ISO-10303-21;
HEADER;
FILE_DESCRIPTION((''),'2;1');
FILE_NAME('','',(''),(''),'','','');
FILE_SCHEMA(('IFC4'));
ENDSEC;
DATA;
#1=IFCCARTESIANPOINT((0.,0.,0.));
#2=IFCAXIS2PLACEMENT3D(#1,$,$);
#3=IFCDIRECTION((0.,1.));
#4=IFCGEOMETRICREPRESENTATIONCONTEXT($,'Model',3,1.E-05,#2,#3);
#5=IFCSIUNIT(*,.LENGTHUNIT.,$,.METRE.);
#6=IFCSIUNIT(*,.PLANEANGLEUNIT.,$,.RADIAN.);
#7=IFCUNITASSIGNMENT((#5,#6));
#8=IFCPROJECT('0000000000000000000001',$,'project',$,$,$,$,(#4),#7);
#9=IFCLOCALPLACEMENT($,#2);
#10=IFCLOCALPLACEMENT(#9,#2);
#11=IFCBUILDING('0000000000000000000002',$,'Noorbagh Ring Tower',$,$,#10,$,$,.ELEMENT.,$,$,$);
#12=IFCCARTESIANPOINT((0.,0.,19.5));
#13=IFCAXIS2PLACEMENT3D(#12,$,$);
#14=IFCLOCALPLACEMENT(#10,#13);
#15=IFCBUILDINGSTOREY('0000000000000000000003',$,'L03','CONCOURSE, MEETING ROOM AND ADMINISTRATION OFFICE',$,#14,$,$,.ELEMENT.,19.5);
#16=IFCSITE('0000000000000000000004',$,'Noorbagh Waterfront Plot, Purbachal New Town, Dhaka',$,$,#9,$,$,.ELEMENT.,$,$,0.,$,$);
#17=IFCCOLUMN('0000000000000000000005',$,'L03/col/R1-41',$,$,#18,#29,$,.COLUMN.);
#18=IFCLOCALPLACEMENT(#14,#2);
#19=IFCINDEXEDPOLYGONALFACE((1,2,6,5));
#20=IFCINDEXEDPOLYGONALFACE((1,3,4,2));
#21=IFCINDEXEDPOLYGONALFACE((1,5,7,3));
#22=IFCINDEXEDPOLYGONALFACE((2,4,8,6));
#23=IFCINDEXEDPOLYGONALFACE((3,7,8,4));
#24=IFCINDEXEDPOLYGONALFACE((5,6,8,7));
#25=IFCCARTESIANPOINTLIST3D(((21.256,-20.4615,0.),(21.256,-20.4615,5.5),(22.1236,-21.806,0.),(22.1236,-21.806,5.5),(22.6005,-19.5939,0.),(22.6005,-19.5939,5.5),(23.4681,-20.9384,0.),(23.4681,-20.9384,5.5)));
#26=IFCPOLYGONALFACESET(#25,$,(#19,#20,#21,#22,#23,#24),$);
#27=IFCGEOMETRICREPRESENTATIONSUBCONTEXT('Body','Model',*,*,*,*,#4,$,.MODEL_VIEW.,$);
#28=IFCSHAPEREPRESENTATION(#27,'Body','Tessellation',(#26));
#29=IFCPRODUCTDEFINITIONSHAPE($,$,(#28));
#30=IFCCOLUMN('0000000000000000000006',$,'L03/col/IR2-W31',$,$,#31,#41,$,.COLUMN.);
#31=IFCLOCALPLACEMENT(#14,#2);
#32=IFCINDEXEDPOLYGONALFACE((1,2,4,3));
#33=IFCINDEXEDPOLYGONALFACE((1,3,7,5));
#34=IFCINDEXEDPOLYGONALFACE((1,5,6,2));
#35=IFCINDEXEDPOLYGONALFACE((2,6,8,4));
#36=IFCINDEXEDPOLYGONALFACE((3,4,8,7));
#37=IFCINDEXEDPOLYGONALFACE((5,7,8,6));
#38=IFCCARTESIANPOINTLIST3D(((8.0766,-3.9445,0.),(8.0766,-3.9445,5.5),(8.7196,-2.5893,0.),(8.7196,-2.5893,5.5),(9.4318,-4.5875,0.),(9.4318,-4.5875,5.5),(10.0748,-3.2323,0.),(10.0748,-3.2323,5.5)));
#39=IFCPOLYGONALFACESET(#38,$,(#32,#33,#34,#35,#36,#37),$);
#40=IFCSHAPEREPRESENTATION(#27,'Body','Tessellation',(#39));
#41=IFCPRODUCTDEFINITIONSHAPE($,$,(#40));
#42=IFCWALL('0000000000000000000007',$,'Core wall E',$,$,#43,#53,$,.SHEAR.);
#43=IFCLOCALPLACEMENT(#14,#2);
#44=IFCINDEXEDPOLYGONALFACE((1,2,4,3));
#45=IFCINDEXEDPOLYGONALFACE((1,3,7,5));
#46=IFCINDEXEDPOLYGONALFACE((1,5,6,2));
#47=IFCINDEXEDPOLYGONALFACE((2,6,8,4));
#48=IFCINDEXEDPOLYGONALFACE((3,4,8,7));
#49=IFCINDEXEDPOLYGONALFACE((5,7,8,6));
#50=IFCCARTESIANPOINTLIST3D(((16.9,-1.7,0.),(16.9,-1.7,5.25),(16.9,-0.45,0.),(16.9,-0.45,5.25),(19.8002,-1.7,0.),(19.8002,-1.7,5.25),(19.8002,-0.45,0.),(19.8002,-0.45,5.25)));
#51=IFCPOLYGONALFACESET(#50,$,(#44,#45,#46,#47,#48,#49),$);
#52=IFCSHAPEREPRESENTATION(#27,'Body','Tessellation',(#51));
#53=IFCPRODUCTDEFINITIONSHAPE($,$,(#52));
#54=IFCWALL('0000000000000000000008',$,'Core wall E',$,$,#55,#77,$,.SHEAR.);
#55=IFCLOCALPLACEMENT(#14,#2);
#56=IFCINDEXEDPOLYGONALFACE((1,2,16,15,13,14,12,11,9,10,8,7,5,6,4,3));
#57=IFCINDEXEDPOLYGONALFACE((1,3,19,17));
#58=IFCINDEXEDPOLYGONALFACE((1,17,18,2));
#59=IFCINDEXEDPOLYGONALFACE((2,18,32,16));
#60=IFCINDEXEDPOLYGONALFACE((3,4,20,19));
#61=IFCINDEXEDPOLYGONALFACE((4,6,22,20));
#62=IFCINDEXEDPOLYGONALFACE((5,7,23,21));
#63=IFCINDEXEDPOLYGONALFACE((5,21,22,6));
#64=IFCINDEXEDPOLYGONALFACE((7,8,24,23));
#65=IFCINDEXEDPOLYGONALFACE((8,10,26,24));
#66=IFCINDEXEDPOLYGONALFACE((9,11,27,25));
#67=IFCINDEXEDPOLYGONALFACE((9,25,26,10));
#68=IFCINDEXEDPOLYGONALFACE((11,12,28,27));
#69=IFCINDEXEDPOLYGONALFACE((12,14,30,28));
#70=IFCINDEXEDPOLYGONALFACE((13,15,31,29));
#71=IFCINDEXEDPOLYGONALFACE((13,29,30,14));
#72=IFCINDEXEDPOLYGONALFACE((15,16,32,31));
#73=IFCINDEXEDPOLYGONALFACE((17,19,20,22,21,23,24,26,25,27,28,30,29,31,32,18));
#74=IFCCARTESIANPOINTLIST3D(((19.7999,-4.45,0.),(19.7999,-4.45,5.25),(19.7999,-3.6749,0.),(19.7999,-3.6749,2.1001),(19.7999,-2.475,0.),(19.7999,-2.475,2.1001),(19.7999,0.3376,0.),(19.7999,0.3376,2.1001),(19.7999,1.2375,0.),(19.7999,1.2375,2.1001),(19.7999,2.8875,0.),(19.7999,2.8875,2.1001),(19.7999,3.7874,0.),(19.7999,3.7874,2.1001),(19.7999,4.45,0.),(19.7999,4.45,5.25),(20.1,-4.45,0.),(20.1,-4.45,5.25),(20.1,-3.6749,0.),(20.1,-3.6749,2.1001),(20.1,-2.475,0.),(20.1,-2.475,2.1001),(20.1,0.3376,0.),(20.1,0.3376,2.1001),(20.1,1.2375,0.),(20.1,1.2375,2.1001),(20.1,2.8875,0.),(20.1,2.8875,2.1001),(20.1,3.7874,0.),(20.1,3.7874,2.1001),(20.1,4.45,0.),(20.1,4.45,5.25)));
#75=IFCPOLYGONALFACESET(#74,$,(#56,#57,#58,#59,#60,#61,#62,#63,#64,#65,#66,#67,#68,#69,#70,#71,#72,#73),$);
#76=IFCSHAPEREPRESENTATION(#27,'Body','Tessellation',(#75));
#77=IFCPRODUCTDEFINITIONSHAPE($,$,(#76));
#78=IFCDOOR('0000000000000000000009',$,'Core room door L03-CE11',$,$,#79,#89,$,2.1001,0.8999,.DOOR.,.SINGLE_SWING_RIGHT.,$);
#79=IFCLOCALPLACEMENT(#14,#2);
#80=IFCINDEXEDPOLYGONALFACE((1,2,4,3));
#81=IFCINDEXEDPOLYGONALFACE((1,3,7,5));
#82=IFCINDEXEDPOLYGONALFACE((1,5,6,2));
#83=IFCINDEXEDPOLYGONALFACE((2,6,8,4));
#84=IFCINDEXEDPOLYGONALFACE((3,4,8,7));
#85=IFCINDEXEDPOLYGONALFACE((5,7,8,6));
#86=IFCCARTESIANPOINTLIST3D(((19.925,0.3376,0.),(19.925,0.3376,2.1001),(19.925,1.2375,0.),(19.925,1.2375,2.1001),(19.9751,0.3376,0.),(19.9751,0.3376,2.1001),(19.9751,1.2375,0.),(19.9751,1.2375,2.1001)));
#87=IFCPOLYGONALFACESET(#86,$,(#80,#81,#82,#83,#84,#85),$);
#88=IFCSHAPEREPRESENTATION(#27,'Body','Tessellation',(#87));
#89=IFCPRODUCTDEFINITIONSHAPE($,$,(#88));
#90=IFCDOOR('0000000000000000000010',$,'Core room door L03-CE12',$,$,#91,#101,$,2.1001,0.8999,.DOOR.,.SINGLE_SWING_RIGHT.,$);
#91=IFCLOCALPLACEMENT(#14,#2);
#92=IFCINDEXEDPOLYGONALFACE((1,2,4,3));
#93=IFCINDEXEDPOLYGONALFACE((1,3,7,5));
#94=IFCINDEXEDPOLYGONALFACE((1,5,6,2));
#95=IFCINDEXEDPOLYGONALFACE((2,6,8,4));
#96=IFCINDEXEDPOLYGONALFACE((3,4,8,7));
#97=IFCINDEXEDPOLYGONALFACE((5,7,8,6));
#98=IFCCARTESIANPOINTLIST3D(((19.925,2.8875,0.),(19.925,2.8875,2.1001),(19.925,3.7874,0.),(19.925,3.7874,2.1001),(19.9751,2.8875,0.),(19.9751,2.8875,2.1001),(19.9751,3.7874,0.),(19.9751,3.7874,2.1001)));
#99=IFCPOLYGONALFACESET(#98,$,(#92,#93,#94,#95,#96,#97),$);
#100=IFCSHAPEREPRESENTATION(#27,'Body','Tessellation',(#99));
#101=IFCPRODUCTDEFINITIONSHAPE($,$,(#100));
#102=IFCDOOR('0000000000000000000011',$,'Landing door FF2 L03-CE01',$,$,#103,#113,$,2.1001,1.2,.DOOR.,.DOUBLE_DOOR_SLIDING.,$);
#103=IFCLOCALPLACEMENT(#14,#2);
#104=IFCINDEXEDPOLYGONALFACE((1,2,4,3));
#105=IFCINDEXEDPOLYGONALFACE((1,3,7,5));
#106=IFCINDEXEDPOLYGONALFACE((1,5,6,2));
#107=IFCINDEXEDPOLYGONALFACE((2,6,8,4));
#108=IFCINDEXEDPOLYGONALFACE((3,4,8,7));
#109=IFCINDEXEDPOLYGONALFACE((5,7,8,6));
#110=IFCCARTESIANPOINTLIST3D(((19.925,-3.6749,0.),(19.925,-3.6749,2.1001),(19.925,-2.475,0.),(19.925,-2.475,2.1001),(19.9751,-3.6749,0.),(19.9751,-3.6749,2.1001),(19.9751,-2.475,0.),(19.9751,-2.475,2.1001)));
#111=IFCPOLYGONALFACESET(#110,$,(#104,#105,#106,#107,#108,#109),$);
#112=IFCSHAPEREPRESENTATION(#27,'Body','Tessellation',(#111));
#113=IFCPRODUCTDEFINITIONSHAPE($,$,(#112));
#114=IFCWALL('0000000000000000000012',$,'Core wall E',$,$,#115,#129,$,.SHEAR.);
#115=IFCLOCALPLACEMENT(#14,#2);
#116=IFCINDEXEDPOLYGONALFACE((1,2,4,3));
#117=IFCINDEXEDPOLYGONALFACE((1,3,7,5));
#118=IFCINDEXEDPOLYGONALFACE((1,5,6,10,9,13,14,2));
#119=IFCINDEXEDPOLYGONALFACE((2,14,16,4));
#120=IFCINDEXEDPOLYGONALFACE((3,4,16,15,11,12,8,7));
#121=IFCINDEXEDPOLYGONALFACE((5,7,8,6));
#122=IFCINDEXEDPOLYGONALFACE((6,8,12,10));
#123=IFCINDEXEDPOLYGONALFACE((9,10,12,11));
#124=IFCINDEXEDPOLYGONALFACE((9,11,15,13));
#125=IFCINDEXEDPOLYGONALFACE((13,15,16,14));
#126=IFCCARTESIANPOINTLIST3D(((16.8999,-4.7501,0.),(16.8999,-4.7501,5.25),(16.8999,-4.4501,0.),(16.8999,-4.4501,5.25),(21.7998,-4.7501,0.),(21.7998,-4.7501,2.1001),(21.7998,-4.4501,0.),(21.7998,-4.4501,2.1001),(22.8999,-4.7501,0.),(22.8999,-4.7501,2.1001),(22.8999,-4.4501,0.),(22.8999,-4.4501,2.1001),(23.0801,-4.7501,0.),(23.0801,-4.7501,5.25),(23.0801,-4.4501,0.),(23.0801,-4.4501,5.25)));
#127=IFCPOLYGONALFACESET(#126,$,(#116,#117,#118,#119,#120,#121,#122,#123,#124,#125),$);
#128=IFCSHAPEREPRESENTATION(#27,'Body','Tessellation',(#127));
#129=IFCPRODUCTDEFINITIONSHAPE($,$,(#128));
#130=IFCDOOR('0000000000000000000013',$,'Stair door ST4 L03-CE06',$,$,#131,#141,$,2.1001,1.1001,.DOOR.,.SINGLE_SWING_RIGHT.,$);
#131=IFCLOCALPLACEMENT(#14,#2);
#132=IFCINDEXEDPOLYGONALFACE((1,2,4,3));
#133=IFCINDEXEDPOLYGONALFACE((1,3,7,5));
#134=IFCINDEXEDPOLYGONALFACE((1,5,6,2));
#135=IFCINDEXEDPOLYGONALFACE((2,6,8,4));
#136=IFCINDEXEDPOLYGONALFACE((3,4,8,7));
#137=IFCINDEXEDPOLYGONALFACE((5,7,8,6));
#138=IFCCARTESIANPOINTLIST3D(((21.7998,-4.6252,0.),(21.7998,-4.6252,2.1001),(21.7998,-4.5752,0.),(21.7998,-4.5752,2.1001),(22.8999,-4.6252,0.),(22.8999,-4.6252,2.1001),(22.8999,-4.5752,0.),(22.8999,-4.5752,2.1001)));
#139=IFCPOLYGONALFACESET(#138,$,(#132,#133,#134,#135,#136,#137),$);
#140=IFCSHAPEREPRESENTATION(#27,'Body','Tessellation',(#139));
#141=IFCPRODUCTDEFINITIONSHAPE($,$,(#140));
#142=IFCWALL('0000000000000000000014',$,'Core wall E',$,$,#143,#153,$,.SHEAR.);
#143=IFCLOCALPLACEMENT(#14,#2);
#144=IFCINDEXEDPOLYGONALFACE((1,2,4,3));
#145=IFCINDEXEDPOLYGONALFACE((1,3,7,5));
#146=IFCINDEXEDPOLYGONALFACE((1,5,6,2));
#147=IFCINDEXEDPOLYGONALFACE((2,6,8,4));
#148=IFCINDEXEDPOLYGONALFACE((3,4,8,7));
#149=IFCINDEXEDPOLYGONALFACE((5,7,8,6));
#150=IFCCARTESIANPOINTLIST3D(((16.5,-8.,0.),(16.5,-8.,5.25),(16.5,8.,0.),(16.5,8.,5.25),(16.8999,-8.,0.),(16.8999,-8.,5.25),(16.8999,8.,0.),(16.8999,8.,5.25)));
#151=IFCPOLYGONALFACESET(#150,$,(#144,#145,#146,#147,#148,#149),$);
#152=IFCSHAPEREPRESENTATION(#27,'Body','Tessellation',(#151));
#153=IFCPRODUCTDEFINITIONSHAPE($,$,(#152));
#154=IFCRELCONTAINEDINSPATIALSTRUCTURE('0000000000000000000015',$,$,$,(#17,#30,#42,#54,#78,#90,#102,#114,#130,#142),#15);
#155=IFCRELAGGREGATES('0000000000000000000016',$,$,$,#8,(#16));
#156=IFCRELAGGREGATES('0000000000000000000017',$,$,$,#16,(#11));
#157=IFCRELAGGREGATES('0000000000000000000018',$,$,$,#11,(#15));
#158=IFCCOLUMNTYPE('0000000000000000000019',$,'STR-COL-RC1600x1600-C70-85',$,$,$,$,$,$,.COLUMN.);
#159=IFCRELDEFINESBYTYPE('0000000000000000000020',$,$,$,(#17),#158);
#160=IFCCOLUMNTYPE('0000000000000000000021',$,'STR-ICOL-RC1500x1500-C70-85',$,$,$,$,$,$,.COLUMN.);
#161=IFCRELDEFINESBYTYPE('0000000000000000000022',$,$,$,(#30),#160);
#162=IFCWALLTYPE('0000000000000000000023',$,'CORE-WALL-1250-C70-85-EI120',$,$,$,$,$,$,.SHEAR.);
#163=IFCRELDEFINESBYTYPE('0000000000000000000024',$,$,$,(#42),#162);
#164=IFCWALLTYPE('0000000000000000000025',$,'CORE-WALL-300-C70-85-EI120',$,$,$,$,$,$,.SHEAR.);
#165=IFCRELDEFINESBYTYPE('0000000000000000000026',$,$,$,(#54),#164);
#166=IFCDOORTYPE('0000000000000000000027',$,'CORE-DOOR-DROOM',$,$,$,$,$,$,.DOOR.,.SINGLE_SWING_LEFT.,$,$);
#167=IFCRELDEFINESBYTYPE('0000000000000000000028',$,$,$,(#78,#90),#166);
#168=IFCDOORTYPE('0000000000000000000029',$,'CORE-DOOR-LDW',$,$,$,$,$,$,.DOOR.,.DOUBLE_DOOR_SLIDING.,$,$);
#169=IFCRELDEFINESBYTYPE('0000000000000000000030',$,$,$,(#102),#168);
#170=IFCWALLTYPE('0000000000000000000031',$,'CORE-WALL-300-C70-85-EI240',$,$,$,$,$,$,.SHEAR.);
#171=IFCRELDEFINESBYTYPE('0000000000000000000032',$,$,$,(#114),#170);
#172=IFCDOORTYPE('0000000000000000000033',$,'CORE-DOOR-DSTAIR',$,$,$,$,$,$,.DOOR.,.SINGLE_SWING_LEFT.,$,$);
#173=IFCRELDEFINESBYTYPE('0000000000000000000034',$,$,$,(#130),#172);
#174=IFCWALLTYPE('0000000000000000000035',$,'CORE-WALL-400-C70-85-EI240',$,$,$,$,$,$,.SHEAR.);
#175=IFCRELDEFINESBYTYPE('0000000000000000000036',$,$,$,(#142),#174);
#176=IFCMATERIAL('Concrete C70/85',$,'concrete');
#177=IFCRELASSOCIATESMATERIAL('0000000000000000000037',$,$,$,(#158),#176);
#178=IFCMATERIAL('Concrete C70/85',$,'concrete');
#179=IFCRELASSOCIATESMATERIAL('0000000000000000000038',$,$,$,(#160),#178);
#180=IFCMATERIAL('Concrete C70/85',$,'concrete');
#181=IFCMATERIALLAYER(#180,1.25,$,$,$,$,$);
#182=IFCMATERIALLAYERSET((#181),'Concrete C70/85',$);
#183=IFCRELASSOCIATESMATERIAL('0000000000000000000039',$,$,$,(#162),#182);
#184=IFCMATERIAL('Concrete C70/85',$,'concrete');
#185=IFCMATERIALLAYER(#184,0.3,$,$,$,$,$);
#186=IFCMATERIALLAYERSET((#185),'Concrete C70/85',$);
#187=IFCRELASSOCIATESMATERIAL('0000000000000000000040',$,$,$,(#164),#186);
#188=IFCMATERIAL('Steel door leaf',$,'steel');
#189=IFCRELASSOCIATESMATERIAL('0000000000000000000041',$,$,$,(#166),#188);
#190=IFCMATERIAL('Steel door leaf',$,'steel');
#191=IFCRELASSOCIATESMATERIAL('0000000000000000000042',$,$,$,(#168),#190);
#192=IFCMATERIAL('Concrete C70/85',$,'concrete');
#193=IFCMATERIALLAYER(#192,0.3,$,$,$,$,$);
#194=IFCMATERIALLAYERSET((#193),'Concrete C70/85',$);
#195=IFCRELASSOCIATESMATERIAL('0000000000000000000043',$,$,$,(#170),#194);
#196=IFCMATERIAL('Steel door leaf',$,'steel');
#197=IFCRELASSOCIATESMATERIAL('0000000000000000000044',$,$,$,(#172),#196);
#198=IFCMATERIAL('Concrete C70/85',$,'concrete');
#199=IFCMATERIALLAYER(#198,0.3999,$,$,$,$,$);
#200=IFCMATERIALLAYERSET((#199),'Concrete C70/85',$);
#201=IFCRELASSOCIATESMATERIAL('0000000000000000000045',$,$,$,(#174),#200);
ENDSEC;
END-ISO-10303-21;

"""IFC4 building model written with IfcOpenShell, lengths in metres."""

from ifc_helpers import new_model, si_unit, direction, frame, frame_2d, origin, origin_2d, place, context, subcontext, project, spatial, rectangle, extrude, material, layer, layer_set, material_profile, profile_set, type_object, element, fill, save


model = new_model("IFC4")

# Units and contexts
model_context = context("Model", 3, precision=1e-05, world=origin(), true_north=direction((0.0, 1.0)))
body_context = subcontext(model_context, "Body", "Model", "MODEL_VIEW")
ifc_project = project(units=[si_unit("LENGTHUNIT", "METRE"), si_unit("PLANEANGLEUNIT", "RADIAN")], contexts=[model_context])

# Site, building, storey
site_placement = place(None, origin())
site = spatial("IfcSite", under=ifc_project, at=site_placement, Name="Noorbagh Waterfront Plot, Purbachal New Town, Dhaka", CompositionType="ELEMENT", RefElevation=0.0)
building_placement = place(site_placement, origin())
building = spatial("IfcBuilding", under=site, at=building_placement, Name="Noorbagh Ring Tower", CompositionType="ELEMENT")
storey_placement = place(building_placement, frame((0.0, 0.0, 19.5)))
storey = spatial("IfcBuildingStorey", under=building, at=storey_placement, Name="L03", Description="CONCOURSE, MEETING ROOM AND ADMINISTRATION OFFICE", CompositionType="ELEMENT", Elevation=19.5)

# Columns
ifc_material_1 = material(Name="Concrete C70/85", Category="concrete")
ifc_material_profile_1 = material_profile(ifc_material_1, rectangle(XDim=1.6001, YDim=1.6001, at=origin_2d()), Name="RC1600x1600")
ifc_profile_set_1 = profile_set([ifc_material_profile_1], Name="Concrete C70/85")
column_type_1 = type_object("IfcColumnType", Name="STR-COL-RC1600x1600-C70-85", PredefinedType="COLUMN", material=ifc_profile_set_1)
column_1_placement = place(storey_placement, frame((22.3621, -20.7, 0.0), z_axis=(0.0, 0.0, 1.0), x_axis=(0.840248, 0.542203, 0.0)))
element("IfcColumn", 1, at=column_1_placement, inside=storey, type_object=column_type_1, Name="L03/col/R1-41", PredefinedType="COLUMN", context=body_context, shape_type="SweptSolid", body=[
    extrude(rectangle(XDim=1.6001, YDim=1.6001, at=origin_2d()), origin(), (0.0, 0.0, 1.0), 5.5),
])
ifc_material_2 = material(Name="Concrete C70/85", Category="concrete")
ifc_material_profile_2 = material_profile(ifc_material_2, rectangle(XDim=1.5, YDim=1.5, at=origin_2d()), Name="RC1500x1500")
ifc_profile_set_2 = profile_set([ifc_material_profile_2], Name="Concrete C70/85")
column_type_2 = type_object("IfcColumnType", Name="STR-ICOL-RC1500x1500-C70-85", PredefinedType="COLUMN", material=ifc_profile_set_2)
column_2_placement = place(storey_placement, frame((9.0757, -3.5884, 0.0), z_axis=(0.0, 0.0, 1.0), x_axis=(0.428667, 0.903463, 0.0)))
element("IfcColumn", 2, at=column_2_placement, inside=storey, type_object=column_type_2, Name="L03/col/IR2-W31", PredefinedType="COLUMN", context=body_context, shape_type="SweptSolid", body=[
    extrude(rectangle(XDim=1.5, YDim=1.5, at=origin_2d()), origin(), (0.0, 0.0, 1.0), 5.5),
])

# Wall
ifc_material_3 = material(Name="Concrete C70/85", Category="concrete")
ifc_layer_1 = layer(ifc_material_3, 1.25)
ifc_layer_set_1 = layer_set([ifc_layer_1], Name="Concrete C70/85")
wall_type_1 = type_object("IfcWallType", Name="CORE-WALL-1250-C70-85-EI120", PredefinedType="SHEAR", material=ifc_layer_set_1)
wall_1_placement = place(storey_placement, frame((16.8999, -1.075, 0.0), z_axis=(0.0, 0.0, 1.0), x_axis=(1.0, 0.0, 0.0)))
element("IfcWall", 3, at=wall_1_placement, inside=storey, type_object=wall_type_1, Name="Core wall E", PredefinedType="SHEAR", context=body_context, shape_type="SweptSolid", body=[
    extrude(rectangle(XDim=2.9001, YDim=1.25, at=frame_2d((1.4502, 0.0))), origin(), (0.0, 0.0, 1.0), 5.25),
])

# Wall, openings, doors
ifc_material_4 = material(Name="Concrete C70/85", Category="concrete")
ifc_layer_2 = layer(ifc_material_4, 0.3)
ifc_layer_set_2 = layer_set([ifc_layer_2], Name="Concrete C70/85")
wall_type_2 = type_object("IfcWallType", Name="CORE-WALL-300-C70-85-EI120", PredefinedType="SHEAR", material=ifc_layer_set_2)
wall_2_placement = place(storey_placement, frame((19.95, -4.45, 0.0), z_axis=(0.0, 0.0, 1.0), x_axis=(0.0, 1.0, 0.0)))
wall_2 = element("IfcWall", 4, at=wall_2_placement, inside=storey, type_object=wall_type_2, Name="Core wall E", PredefinedType="SHEAR", context=body_context, shape_type="SweptSolid", body=[
    extrude(rectangle(XDim=8.8999, YDim=0.3, at=frame_2d((4.45, 0.0))), origin(), (0.0, 0.0, 1.0), 5.25),
])
opening_1_placement = place(wall_2_placement, frame((0.7749, 0.0, 0.0)))
opening_1 = element("IfcOpeningElement", 5, at=opening_1_placement, cuts=wall_2, PredefinedType="OPENING", context=body_context, shape_type="SweptSolid", body=[
    extrude(rectangle(XDim=1.2, YDim=2.1001, at=frame_2d((0.6001, 1.05))), frame((0.0, 0.1602, 0.0), z_axis=(0.0, -1.0, 0.0), x_axis=(1.0, 0.0, 0.0)), (0.0, 0.0, 1.0), 0.3201),
])
opening_2_placement = place(wall_2_placement, frame((4.7876, 0.0, 0.0)))
opening_2 = element("IfcOpeningElement", 6, at=opening_2_placement, cuts=wall_2, PredefinedType="OPENING", context=body_context, shape_type="SweptSolid", body=[
    extrude(rectangle(XDim=0.8999, YDim=2.1001, at=frame_2d((0.45, 1.05))), frame((0.0, 0.1602, 0.0), z_axis=(0.0, -1.0, 0.0), x_axis=(1.0, 0.0, 0.0)), (0.0, 0.0, 1.0), 0.3201),
])
opening_3_placement = place(wall_2_placement, frame((7.3374, 0.0, 0.0)))
opening_3 = element("IfcOpeningElement", 7, at=opening_3_placement, cuts=wall_2, PredefinedType="OPENING", context=body_context, shape_type="SweptSolid", body=[
    extrude(rectangle(XDim=0.8999, YDim=2.1001, at=frame_2d((0.45, 1.05))), frame((0.0, 0.1602, 0.0), z_axis=(0.0, -1.0, 0.0), x_axis=(1.0, 0.0, 0.0)), (0.0, 0.0, 1.0), 0.3201),
])
ifc_material_5 = material(Name="Steel door leaf", Category="steel")
door_type_1 = type_object("IfcDoorType", Name="CORE-DOOR-DROOM", OperationType="SINGLE_SWING_LEFT", PredefinedType="DOOR", material=ifc_material_5)
door_1_placement = place(opening_2_placement, origin())
door_1 = element("IfcDoor", 8, at=door_1_placement, inside=storey, type_object=door_type_1, Name="Core room door L03-CE11", OperationType="SINGLE_SWING_RIGHT", OverallHeight=2.1001, OverallWidth=0.8999, PredefinedType="DOOR", context=body_context, shape_type="SweptSolid", body=[
    extrude(rectangle(XDim=0.8999, YDim=2.1001, at=frame_2d((0.45, 1.05))), frame((0.0, 0.0249, 0.0), z_axis=(0.0, -1.0, 0.0), x_axis=(1.0, 0.0, 0.0)), (0.0, 0.0, 1.0), 0.05),
])
fill(opening_2, door_1)
door_2_placement = place(opening_3_placement, origin())
door_2 = element("IfcDoor", 9, at=door_2_placement, inside=storey, type_object=door_type_1, Name="Core room door L03-CE12", OperationType="SINGLE_SWING_RIGHT", OverallHeight=2.1001, OverallWidth=0.8999, PredefinedType="DOOR", context=body_context, shape_type="SweptSolid", body=[
    extrude(rectangle(XDim=0.8999, YDim=2.1001, at=frame_2d((0.45, 1.05))), frame((0.0, 0.0249, 0.0), z_axis=(0.0, -1.0, 0.0), x_axis=(1.0, 0.0, 0.0)), (0.0, 0.0, 1.0), 0.05),
])
fill(opening_3, door_2)
ifc_material_6 = material(Name="Steel door leaf", Category="steel")
door_type_2 = type_object("IfcDoorType", Name="CORE-DOOR-LDW", OperationType="DOUBLE_DOOR_SLIDING", PredefinedType="DOOR", material=ifc_material_6)
door_3_placement = place(opening_1_placement, origin())
door_3 = element("IfcDoor", 10, at=door_3_placement, inside=storey, type_object=door_type_2, Name="Landing door FF2 L03-CE01", OperationType="DOUBLE_DOOR_SLIDING", OverallHeight=2.1001, OverallWidth=1.2, PredefinedType="DOOR", context=body_context, shape_type="SweptSolid", body=[
    extrude(rectangle(XDim=1.2, YDim=2.1001, at=frame_2d((0.6001, 1.05))), frame((0.0, 0.0249, 0.0), z_axis=(0.0, -1.0, 0.0), x_axis=(1.0, 0.0, 0.0)), (0.0, 0.0, 1.0), 0.05),
])
fill(opening_1, door_3)

# Wall, opening, door
ifc_material_7 = material(Name="Concrete C70/85", Category="concrete")
ifc_layer_3 = layer(ifc_material_7, 0.3)
ifc_layer_set_3 = layer_set([ifc_layer_3], Name="Concrete C70/85")
wall_type_3 = type_object("IfcWallType", Name="CORE-WALL-300-C70-85-EI240", PredefinedType="SHEAR", material=ifc_layer_set_3)
wall_3_placement = place(storey_placement, frame((16.8999, -4.6001, 0.0), z_axis=(0.0, 0.0, 1.0), x_axis=(1.0, 0.0, 0.0)))
wall_3 = element("IfcWall", 11, at=wall_3_placement, inside=storey, type_object=wall_type_3, Name="Core wall E", PredefinedType="SHEAR", context=body_context, shape_type="SweptSolid", body=[
    extrude(rectangle(XDim=6.1802, YDim=0.3, at=frame_2d((3.0901, 0.0))), origin(), (0.0, 0.0, 1.0), 5.25),
])
opening_4_placement = place(wall_3_placement, frame((4.8999, 0.0, 0.0)))
opening_4 = element("IfcOpeningElement", 12, at=opening_4_placement, cuts=wall_3, PredefinedType="OPENING", context=body_context, shape_type="SweptSolid", body=[
    extrude(rectangle(XDim=1.1001, YDim=2.1001, at=frame_2d((0.55, 1.05))), frame((0.0, 0.1602, 0.0), z_axis=(0.0, -1.0, 0.0), x_axis=(1.0, 0.0, 0.0)), (0.0, 0.0, 1.0), 0.3201),
])
ifc_material_8 = material(Name="Steel door leaf", Category="steel")
door_type_3 = type_object("IfcDoorType", Name="CORE-DOOR-DSTAIR", OperationType="SINGLE_SWING_LEFT", PredefinedType="DOOR", material=ifc_material_8)
door_4_placement = place(opening_4_placement, origin())
door_4 = element("IfcDoor", 13, at=door_4_placement, inside=storey, type_object=door_type_3, Name="Stair door ST4 L03-CE06", OperationType="SINGLE_SWING_RIGHT", OverallHeight=2.1001, OverallWidth=1.1001, PredefinedType="DOOR", context=body_context, shape_type="SweptSolid", body=[
    extrude(rectangle(XDim=1.1001, YDim=2.1001, at=frame_2d((0.55, 1.05))), frame((0.0, 0.0249, 0.0), z_axis=(0.0, -1.0, 0.0), x_axis=(1.0, 0.0, 0.0)), (0.0, 0.0, 1.0), 0.05),
])
fill(opening_4, door_4)

# Wall
ifc_material_9 = material(Name="Concrete C70/85", Category="concrete")
ifc_layer_4 = layer(ifc_material_9, 0.3999)
ifc_layer_set_4 = layer_set([ifc_layer_4], Name="Concrete C70/85")
wall_type_4 = type_object("IfcWallType", Name="CORE-WALL-400-C70-85-EI240", PredefinedType="SHEAR", material=ifc_layer_set_4)
wall_4_placement = place(storey_placement, frame((16.7, -8.0, 0.0), z_axis=(0.0, 0.0, 1.0), x_axis=(0.0, 1.0, 0.0)))
element("IfcWall", 14, at=wall_4_placement, inside=storey, type_object=wall_type_4, Name="Core wall E", PredefinedType="SHEAR", context=body_context, shape_type="SweptSolid", body=[
    extrude(rectangle(XDim=16.0, YDim=0.3999, at=frame_2d((8.0, 0.0))), origin(), (0.0, 0.0, 1.0), 5.25),
])

save(model, "model.ifc")
